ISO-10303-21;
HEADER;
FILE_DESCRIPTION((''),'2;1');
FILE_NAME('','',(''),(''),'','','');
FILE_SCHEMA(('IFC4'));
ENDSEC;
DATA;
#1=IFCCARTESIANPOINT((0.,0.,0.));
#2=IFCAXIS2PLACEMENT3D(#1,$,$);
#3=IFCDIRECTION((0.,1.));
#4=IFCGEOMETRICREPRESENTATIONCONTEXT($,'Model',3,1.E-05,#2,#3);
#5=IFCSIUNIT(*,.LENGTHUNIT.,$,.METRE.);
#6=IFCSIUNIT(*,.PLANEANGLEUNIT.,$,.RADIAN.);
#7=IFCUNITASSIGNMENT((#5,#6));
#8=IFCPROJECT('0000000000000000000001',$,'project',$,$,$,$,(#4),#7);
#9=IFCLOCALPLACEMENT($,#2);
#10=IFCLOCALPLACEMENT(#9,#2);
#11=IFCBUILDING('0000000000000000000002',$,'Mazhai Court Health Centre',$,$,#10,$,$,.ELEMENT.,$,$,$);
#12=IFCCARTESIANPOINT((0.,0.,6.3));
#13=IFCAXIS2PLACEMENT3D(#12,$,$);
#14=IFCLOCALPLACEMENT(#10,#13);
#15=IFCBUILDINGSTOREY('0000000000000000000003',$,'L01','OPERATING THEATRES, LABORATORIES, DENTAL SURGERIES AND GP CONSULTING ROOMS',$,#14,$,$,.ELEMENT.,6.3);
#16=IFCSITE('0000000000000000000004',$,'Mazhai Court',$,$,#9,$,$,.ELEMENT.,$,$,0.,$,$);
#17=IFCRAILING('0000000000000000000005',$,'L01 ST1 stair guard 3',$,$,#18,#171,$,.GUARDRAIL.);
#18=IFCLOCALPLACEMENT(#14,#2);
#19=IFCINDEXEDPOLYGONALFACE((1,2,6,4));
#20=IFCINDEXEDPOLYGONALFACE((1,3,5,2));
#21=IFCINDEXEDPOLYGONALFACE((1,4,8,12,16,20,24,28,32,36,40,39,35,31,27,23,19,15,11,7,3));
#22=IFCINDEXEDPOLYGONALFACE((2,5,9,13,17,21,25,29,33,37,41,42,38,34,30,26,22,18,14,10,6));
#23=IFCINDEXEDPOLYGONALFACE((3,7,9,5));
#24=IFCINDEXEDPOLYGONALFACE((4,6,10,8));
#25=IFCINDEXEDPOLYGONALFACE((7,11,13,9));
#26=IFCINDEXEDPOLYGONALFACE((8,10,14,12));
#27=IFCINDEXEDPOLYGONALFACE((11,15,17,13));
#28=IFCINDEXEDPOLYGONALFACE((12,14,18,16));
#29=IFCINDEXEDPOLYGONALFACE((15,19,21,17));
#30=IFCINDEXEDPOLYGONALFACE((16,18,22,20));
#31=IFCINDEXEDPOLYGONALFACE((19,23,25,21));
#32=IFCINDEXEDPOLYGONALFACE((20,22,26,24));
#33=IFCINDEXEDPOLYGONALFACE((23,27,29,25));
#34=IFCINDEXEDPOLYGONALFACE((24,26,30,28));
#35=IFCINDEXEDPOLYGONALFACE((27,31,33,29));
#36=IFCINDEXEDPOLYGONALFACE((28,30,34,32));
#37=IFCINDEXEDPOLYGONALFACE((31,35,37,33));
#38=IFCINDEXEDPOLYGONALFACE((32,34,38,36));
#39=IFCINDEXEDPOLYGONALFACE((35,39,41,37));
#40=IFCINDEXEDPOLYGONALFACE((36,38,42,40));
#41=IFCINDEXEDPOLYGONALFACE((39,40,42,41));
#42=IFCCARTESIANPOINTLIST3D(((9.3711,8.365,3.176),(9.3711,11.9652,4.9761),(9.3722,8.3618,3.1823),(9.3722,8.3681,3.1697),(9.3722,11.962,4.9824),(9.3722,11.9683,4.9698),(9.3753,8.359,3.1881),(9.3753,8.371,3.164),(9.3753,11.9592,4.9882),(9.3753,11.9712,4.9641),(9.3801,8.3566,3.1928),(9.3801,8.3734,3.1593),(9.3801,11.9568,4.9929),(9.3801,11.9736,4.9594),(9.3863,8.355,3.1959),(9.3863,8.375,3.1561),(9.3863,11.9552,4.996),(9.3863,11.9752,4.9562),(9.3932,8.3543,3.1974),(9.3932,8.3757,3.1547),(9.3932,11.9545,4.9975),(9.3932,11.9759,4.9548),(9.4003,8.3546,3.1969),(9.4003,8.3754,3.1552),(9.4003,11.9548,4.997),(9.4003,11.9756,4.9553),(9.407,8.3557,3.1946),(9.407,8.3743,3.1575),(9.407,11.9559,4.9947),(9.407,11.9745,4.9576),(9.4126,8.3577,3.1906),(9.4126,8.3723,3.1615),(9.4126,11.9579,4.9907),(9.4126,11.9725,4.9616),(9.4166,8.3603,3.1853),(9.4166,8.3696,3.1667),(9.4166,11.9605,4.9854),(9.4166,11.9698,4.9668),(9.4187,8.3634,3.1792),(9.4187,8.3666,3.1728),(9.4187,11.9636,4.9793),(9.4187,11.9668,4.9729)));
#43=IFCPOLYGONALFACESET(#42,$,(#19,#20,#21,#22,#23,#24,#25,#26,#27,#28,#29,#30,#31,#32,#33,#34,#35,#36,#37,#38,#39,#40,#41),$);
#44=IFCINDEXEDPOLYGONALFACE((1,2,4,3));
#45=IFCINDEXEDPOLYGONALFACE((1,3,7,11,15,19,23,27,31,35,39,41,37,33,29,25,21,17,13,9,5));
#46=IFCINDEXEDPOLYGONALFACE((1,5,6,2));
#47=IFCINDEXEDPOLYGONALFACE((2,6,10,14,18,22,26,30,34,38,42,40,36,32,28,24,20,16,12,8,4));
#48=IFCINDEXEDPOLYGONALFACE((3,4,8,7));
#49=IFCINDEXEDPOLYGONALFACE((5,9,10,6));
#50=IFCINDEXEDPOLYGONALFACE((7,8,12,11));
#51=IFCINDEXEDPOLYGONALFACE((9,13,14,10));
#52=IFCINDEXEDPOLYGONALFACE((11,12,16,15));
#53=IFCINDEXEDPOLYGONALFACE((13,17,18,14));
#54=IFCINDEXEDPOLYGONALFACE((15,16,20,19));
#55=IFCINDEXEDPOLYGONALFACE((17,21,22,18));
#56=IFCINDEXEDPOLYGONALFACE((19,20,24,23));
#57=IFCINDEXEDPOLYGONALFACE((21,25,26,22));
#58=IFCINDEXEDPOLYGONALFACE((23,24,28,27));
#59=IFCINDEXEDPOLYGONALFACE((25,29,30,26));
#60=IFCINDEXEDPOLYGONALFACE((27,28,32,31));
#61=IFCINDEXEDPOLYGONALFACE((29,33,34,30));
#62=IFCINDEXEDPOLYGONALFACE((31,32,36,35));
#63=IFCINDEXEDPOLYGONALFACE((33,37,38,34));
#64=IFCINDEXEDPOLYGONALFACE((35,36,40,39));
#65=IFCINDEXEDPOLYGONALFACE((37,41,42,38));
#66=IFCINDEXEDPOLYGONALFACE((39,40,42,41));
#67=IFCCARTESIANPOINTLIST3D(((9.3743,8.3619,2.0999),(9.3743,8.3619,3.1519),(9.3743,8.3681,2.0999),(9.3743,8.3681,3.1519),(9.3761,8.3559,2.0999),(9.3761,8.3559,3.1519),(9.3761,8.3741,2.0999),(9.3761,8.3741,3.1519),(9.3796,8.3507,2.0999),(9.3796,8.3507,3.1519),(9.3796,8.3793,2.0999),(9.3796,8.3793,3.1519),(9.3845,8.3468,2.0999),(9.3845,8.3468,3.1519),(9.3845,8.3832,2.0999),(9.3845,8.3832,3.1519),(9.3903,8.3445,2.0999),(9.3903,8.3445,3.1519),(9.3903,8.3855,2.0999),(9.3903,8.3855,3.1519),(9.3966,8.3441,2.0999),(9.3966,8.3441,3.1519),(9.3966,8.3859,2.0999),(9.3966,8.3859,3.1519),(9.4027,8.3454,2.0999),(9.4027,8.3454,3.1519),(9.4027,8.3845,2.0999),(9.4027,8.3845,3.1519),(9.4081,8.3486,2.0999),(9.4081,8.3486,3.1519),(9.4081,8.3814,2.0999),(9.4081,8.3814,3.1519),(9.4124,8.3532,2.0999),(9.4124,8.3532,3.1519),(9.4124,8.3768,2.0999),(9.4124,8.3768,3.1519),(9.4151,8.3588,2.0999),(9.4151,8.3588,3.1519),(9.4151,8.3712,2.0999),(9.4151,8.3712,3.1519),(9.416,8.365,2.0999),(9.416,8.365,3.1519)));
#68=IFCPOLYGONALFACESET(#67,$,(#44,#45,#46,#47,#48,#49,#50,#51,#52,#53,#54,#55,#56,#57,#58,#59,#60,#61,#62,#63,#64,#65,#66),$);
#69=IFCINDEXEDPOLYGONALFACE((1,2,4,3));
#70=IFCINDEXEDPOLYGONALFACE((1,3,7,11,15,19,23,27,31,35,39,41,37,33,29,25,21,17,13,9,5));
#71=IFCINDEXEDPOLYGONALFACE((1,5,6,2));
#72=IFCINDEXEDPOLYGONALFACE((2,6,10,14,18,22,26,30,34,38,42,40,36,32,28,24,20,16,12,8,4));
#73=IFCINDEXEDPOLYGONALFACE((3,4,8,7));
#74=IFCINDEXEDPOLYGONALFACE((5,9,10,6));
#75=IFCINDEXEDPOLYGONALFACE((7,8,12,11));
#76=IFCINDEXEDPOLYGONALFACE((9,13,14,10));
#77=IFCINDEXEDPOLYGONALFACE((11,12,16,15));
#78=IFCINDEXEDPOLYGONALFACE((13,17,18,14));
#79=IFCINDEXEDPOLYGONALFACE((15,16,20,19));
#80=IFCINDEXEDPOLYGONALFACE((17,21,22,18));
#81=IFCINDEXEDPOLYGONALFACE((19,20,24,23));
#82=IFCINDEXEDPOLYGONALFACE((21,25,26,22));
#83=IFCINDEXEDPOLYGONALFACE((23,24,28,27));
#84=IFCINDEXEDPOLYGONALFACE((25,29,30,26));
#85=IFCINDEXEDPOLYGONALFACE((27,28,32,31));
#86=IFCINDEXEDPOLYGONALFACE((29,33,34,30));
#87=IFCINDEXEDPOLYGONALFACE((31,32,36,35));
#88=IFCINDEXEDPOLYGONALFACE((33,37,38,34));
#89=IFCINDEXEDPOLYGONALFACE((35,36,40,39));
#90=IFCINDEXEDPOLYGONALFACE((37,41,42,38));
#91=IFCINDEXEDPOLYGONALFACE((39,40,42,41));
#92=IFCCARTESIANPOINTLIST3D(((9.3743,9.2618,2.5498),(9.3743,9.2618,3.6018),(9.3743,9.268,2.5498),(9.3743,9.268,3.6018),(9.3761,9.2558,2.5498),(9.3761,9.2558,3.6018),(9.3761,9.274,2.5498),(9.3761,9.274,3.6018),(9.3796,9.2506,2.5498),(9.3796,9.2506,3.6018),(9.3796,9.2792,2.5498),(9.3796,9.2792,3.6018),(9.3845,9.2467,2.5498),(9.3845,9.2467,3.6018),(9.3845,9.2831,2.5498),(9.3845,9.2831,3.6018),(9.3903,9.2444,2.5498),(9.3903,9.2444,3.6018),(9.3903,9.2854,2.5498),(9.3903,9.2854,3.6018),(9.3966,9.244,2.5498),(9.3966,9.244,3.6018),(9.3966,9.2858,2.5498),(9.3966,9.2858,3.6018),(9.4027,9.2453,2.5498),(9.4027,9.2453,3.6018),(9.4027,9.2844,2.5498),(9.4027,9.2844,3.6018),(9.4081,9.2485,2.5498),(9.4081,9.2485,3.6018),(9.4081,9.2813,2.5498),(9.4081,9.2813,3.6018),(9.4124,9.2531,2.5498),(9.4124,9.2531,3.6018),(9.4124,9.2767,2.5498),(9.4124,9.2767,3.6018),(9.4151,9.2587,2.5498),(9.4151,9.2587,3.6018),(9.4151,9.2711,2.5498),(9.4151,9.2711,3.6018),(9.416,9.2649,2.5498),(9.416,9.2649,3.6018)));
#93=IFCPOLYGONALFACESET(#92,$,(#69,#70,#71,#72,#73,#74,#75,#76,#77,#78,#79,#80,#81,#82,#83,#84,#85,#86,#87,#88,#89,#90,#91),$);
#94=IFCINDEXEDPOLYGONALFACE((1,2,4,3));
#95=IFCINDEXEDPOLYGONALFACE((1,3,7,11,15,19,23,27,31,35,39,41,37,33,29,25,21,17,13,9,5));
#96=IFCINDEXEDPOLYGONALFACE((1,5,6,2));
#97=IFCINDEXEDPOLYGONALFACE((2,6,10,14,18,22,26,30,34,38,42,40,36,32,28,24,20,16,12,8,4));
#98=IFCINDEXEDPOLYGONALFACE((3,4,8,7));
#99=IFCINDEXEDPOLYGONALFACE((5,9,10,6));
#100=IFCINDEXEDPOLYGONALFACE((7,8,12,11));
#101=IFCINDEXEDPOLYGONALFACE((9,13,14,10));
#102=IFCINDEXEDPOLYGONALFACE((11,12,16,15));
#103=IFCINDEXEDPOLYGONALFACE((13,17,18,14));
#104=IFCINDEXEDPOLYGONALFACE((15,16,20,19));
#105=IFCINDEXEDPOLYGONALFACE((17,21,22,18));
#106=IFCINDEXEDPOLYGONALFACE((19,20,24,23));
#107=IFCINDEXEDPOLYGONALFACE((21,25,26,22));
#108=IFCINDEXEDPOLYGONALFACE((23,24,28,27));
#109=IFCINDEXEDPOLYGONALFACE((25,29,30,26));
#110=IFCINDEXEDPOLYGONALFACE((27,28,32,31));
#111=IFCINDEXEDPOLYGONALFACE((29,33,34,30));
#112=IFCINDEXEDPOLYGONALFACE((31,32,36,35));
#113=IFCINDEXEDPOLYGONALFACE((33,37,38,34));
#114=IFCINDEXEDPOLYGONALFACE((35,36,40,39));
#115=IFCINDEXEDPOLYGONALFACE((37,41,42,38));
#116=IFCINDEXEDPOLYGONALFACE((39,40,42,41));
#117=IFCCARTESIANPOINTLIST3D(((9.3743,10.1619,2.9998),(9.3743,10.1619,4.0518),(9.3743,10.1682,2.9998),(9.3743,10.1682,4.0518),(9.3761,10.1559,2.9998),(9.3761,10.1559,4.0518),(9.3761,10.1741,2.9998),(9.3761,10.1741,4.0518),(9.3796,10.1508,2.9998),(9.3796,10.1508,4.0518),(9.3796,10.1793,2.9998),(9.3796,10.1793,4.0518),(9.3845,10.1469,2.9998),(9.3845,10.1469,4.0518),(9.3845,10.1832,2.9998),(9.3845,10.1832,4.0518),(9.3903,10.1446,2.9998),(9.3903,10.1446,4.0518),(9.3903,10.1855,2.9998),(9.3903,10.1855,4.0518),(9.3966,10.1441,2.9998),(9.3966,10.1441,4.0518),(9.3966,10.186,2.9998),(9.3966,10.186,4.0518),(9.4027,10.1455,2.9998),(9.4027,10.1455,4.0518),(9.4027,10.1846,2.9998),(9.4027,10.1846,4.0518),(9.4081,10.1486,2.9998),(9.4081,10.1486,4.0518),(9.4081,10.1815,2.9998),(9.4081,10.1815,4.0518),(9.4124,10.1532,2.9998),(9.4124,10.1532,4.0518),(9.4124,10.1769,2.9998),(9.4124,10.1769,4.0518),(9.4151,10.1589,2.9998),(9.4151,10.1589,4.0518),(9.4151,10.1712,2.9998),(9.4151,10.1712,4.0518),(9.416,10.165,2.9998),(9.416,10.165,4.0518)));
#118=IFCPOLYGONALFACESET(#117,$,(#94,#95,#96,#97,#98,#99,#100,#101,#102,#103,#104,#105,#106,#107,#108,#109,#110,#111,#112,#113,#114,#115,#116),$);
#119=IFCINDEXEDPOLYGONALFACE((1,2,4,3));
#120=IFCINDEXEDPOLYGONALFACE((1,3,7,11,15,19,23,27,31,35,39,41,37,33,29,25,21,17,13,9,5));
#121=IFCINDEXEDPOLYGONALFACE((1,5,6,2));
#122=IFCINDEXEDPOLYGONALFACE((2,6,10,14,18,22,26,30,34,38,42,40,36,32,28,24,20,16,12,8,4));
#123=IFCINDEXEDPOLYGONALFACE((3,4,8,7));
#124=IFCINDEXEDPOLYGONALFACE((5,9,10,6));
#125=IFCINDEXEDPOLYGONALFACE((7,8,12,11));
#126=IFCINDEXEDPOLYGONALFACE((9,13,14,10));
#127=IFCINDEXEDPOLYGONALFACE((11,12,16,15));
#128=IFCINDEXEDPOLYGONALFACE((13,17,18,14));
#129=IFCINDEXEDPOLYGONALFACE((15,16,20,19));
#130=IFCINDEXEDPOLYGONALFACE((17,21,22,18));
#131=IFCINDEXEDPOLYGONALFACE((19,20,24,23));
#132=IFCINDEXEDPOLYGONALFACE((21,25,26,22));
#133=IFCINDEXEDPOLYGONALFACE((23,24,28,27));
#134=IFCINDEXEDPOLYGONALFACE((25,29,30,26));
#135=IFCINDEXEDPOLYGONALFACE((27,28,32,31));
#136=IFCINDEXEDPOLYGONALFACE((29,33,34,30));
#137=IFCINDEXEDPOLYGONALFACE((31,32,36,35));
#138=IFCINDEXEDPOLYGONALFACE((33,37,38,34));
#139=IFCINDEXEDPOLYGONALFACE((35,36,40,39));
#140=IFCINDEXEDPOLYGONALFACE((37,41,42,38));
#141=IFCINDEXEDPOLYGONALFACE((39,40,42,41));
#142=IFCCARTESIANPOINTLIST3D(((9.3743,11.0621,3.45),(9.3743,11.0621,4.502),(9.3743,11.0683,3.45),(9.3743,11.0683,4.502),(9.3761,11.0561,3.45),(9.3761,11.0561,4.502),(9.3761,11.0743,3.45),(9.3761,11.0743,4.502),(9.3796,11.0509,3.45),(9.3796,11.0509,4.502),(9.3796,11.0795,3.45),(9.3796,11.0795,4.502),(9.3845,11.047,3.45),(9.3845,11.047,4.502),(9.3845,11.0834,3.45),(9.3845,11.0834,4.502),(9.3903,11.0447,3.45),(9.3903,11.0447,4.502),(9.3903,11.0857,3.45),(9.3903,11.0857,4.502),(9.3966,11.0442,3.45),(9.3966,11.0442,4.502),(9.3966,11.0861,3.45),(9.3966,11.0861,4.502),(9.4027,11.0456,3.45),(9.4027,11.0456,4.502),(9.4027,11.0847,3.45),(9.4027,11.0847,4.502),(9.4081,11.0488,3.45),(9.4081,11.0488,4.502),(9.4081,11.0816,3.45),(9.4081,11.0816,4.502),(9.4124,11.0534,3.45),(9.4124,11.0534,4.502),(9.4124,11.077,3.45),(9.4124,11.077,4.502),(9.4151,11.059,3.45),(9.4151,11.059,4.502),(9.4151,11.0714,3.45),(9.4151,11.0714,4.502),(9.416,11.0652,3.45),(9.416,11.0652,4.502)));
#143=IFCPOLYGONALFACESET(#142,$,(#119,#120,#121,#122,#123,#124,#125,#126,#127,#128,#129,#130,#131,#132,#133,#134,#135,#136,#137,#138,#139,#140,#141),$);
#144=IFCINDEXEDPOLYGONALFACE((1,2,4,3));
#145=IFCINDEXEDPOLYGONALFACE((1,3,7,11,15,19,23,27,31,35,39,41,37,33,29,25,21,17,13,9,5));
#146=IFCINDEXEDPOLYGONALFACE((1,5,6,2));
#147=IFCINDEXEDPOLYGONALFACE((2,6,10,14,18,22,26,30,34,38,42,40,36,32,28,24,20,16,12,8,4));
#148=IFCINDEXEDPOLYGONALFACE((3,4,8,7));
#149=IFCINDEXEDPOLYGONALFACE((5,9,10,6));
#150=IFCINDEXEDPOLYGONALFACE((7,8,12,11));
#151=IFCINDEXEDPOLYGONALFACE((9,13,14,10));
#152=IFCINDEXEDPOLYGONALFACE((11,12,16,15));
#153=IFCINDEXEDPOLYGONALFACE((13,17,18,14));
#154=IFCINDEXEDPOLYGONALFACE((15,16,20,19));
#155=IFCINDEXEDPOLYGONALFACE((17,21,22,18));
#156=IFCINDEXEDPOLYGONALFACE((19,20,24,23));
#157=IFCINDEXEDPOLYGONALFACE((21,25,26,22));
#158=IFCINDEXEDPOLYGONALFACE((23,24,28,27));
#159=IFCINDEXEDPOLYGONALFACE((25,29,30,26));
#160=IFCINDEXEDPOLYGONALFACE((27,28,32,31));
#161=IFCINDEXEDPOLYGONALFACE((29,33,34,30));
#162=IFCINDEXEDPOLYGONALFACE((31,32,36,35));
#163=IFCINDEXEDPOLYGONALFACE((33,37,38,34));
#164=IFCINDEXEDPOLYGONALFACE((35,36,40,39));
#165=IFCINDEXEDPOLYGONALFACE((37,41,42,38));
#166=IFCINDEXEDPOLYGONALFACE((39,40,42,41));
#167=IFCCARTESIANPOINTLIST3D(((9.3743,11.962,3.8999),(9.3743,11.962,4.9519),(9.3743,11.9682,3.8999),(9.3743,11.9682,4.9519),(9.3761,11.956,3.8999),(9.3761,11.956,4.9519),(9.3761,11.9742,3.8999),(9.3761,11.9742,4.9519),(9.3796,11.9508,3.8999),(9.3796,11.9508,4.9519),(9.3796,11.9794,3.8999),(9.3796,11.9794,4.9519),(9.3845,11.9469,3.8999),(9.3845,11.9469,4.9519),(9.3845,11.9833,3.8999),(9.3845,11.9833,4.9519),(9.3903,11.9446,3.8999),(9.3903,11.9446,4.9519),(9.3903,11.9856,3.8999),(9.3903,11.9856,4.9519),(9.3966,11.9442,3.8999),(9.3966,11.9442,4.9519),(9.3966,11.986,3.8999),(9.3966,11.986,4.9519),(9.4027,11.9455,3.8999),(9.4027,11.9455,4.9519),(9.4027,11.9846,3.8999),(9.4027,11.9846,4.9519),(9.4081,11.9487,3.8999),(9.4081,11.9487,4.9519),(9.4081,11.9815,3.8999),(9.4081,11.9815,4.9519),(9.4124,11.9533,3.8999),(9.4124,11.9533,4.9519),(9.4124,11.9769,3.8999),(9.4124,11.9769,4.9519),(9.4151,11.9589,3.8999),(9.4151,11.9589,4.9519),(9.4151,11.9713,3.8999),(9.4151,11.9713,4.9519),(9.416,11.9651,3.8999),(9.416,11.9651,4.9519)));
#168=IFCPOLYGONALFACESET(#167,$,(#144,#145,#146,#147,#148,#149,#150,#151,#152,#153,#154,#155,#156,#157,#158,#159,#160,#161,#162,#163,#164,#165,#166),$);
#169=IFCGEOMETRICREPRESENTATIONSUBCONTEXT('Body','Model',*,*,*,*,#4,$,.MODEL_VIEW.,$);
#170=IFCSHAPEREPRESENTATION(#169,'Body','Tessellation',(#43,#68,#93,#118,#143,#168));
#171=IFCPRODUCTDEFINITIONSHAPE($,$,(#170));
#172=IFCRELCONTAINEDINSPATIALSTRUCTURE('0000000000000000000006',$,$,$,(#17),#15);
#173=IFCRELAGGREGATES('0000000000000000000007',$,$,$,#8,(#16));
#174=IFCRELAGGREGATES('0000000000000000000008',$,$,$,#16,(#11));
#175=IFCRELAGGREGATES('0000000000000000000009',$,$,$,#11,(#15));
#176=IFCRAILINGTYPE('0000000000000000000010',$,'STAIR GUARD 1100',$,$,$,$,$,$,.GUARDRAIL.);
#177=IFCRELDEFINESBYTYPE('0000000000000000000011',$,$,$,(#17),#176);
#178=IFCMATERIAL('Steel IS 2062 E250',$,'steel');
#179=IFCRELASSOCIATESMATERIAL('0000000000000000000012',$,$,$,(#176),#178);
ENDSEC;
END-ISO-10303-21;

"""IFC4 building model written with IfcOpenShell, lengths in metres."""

from ifc_helpers import new_model, si_unit, direction, frame, origin, origin_2d, place, context, subcontext, project, spatial, circle, extrude, material, type_object, element, save


model = new_model("IFC4")

# Units and contexts
model_context = context("Model", 3, precision=1e-05, world=origin(), true_north=direction((0.0, 1.0)))
body_context = subcontext(model_context, "Body", "Model", "MODEL_VIEW")
ifc_project = project(units=[si_unit("LENGTHUNIT", "METRE"), si_unit("PLANEANGLEUNIT", "RADIAN")], contexts=[model_context])

# Site, building, storey
site_placement = place(None, origin())
site = spatial("IfcSite", under=ifc_project, at=site_placement, Name="Mazhai Court", CompositionType="ELEMENT", RefElevation=0.0)
building_placement = place(site_placement, origin())
building = spatial("IfcBuilding", under=site, at=building_placement, Name="Mazhai Court Health Centre", CompositionType="ELEMENT")
storey_placement = place(building_placement, frame((0.0, 0.0, 6.3)))
storey = spatial("IfcBuildingStorey", under=building, at=storey_placement, Name="L01", Description="OPERATING THEATRES, LABORATORIES, DENTAL SURGERIES AND GP CONSULTING ROOMS", CompositionType="ELEMENT", Elevation=6.3)

# Railing
ifc_material_1 = material(Name="Steel IS 2062 E250", Category="steel")
railing_type_1 = type_object("IfcRailingType", Name="STAIR GUARD 1100", PredefinedType="GUARDRAIL", material=ifc_material_1)
railing_1_placement = place(storey_placement, frame((9.395, 8.365, 2.0999)))
element("IfcRailing", 1, at=railing_1_placement, inside=storey, type_object=railing_type_1, Name="L01 ST1 stair guard 3", PredefinedType="GUARDRAIL", context=body_context, shape_type="SweptSolid", body=[
    extrude(circle(Radius=0.0239, at=origin_2d()), frame((0.0, 0.0, 1.0762), z_axis=(0.0, 0.894427, 0.447214), x_axis=(-1.0, 0.0, 0.0)), (0.0, 0.0, 1.0), 4.0251),
    extrude(circle(Radius=0.021, at=origin_2d()), origin(), (0.0, 0.0, 1.0), 1.052),
    extrude(circle(Radius=0.021, at=origin_2d()), frame((0.0, 0.8999, 0.45)), (0.0, 0.0, 1.0), 1.052),
    extrude(circle(Radius=0.021, at=origin_2d()), frame((0.0, 1.8, 0.8999)), (0.0, 0.0, 1.0), 1.052),
    extrude(circle(Radius=0.021, at=origin_2d()), frame((0.0, 2.7002, 1.3501)), (0.0, 0.0, 1.0), 1.052),
    extrude(circle(Radius=0.021, at=origin_2d()), frame((0.0, 3.6001, 1.8)), (0.0, 0.0, 1.0), 1.052),
])

save(model, "model.ifc")
